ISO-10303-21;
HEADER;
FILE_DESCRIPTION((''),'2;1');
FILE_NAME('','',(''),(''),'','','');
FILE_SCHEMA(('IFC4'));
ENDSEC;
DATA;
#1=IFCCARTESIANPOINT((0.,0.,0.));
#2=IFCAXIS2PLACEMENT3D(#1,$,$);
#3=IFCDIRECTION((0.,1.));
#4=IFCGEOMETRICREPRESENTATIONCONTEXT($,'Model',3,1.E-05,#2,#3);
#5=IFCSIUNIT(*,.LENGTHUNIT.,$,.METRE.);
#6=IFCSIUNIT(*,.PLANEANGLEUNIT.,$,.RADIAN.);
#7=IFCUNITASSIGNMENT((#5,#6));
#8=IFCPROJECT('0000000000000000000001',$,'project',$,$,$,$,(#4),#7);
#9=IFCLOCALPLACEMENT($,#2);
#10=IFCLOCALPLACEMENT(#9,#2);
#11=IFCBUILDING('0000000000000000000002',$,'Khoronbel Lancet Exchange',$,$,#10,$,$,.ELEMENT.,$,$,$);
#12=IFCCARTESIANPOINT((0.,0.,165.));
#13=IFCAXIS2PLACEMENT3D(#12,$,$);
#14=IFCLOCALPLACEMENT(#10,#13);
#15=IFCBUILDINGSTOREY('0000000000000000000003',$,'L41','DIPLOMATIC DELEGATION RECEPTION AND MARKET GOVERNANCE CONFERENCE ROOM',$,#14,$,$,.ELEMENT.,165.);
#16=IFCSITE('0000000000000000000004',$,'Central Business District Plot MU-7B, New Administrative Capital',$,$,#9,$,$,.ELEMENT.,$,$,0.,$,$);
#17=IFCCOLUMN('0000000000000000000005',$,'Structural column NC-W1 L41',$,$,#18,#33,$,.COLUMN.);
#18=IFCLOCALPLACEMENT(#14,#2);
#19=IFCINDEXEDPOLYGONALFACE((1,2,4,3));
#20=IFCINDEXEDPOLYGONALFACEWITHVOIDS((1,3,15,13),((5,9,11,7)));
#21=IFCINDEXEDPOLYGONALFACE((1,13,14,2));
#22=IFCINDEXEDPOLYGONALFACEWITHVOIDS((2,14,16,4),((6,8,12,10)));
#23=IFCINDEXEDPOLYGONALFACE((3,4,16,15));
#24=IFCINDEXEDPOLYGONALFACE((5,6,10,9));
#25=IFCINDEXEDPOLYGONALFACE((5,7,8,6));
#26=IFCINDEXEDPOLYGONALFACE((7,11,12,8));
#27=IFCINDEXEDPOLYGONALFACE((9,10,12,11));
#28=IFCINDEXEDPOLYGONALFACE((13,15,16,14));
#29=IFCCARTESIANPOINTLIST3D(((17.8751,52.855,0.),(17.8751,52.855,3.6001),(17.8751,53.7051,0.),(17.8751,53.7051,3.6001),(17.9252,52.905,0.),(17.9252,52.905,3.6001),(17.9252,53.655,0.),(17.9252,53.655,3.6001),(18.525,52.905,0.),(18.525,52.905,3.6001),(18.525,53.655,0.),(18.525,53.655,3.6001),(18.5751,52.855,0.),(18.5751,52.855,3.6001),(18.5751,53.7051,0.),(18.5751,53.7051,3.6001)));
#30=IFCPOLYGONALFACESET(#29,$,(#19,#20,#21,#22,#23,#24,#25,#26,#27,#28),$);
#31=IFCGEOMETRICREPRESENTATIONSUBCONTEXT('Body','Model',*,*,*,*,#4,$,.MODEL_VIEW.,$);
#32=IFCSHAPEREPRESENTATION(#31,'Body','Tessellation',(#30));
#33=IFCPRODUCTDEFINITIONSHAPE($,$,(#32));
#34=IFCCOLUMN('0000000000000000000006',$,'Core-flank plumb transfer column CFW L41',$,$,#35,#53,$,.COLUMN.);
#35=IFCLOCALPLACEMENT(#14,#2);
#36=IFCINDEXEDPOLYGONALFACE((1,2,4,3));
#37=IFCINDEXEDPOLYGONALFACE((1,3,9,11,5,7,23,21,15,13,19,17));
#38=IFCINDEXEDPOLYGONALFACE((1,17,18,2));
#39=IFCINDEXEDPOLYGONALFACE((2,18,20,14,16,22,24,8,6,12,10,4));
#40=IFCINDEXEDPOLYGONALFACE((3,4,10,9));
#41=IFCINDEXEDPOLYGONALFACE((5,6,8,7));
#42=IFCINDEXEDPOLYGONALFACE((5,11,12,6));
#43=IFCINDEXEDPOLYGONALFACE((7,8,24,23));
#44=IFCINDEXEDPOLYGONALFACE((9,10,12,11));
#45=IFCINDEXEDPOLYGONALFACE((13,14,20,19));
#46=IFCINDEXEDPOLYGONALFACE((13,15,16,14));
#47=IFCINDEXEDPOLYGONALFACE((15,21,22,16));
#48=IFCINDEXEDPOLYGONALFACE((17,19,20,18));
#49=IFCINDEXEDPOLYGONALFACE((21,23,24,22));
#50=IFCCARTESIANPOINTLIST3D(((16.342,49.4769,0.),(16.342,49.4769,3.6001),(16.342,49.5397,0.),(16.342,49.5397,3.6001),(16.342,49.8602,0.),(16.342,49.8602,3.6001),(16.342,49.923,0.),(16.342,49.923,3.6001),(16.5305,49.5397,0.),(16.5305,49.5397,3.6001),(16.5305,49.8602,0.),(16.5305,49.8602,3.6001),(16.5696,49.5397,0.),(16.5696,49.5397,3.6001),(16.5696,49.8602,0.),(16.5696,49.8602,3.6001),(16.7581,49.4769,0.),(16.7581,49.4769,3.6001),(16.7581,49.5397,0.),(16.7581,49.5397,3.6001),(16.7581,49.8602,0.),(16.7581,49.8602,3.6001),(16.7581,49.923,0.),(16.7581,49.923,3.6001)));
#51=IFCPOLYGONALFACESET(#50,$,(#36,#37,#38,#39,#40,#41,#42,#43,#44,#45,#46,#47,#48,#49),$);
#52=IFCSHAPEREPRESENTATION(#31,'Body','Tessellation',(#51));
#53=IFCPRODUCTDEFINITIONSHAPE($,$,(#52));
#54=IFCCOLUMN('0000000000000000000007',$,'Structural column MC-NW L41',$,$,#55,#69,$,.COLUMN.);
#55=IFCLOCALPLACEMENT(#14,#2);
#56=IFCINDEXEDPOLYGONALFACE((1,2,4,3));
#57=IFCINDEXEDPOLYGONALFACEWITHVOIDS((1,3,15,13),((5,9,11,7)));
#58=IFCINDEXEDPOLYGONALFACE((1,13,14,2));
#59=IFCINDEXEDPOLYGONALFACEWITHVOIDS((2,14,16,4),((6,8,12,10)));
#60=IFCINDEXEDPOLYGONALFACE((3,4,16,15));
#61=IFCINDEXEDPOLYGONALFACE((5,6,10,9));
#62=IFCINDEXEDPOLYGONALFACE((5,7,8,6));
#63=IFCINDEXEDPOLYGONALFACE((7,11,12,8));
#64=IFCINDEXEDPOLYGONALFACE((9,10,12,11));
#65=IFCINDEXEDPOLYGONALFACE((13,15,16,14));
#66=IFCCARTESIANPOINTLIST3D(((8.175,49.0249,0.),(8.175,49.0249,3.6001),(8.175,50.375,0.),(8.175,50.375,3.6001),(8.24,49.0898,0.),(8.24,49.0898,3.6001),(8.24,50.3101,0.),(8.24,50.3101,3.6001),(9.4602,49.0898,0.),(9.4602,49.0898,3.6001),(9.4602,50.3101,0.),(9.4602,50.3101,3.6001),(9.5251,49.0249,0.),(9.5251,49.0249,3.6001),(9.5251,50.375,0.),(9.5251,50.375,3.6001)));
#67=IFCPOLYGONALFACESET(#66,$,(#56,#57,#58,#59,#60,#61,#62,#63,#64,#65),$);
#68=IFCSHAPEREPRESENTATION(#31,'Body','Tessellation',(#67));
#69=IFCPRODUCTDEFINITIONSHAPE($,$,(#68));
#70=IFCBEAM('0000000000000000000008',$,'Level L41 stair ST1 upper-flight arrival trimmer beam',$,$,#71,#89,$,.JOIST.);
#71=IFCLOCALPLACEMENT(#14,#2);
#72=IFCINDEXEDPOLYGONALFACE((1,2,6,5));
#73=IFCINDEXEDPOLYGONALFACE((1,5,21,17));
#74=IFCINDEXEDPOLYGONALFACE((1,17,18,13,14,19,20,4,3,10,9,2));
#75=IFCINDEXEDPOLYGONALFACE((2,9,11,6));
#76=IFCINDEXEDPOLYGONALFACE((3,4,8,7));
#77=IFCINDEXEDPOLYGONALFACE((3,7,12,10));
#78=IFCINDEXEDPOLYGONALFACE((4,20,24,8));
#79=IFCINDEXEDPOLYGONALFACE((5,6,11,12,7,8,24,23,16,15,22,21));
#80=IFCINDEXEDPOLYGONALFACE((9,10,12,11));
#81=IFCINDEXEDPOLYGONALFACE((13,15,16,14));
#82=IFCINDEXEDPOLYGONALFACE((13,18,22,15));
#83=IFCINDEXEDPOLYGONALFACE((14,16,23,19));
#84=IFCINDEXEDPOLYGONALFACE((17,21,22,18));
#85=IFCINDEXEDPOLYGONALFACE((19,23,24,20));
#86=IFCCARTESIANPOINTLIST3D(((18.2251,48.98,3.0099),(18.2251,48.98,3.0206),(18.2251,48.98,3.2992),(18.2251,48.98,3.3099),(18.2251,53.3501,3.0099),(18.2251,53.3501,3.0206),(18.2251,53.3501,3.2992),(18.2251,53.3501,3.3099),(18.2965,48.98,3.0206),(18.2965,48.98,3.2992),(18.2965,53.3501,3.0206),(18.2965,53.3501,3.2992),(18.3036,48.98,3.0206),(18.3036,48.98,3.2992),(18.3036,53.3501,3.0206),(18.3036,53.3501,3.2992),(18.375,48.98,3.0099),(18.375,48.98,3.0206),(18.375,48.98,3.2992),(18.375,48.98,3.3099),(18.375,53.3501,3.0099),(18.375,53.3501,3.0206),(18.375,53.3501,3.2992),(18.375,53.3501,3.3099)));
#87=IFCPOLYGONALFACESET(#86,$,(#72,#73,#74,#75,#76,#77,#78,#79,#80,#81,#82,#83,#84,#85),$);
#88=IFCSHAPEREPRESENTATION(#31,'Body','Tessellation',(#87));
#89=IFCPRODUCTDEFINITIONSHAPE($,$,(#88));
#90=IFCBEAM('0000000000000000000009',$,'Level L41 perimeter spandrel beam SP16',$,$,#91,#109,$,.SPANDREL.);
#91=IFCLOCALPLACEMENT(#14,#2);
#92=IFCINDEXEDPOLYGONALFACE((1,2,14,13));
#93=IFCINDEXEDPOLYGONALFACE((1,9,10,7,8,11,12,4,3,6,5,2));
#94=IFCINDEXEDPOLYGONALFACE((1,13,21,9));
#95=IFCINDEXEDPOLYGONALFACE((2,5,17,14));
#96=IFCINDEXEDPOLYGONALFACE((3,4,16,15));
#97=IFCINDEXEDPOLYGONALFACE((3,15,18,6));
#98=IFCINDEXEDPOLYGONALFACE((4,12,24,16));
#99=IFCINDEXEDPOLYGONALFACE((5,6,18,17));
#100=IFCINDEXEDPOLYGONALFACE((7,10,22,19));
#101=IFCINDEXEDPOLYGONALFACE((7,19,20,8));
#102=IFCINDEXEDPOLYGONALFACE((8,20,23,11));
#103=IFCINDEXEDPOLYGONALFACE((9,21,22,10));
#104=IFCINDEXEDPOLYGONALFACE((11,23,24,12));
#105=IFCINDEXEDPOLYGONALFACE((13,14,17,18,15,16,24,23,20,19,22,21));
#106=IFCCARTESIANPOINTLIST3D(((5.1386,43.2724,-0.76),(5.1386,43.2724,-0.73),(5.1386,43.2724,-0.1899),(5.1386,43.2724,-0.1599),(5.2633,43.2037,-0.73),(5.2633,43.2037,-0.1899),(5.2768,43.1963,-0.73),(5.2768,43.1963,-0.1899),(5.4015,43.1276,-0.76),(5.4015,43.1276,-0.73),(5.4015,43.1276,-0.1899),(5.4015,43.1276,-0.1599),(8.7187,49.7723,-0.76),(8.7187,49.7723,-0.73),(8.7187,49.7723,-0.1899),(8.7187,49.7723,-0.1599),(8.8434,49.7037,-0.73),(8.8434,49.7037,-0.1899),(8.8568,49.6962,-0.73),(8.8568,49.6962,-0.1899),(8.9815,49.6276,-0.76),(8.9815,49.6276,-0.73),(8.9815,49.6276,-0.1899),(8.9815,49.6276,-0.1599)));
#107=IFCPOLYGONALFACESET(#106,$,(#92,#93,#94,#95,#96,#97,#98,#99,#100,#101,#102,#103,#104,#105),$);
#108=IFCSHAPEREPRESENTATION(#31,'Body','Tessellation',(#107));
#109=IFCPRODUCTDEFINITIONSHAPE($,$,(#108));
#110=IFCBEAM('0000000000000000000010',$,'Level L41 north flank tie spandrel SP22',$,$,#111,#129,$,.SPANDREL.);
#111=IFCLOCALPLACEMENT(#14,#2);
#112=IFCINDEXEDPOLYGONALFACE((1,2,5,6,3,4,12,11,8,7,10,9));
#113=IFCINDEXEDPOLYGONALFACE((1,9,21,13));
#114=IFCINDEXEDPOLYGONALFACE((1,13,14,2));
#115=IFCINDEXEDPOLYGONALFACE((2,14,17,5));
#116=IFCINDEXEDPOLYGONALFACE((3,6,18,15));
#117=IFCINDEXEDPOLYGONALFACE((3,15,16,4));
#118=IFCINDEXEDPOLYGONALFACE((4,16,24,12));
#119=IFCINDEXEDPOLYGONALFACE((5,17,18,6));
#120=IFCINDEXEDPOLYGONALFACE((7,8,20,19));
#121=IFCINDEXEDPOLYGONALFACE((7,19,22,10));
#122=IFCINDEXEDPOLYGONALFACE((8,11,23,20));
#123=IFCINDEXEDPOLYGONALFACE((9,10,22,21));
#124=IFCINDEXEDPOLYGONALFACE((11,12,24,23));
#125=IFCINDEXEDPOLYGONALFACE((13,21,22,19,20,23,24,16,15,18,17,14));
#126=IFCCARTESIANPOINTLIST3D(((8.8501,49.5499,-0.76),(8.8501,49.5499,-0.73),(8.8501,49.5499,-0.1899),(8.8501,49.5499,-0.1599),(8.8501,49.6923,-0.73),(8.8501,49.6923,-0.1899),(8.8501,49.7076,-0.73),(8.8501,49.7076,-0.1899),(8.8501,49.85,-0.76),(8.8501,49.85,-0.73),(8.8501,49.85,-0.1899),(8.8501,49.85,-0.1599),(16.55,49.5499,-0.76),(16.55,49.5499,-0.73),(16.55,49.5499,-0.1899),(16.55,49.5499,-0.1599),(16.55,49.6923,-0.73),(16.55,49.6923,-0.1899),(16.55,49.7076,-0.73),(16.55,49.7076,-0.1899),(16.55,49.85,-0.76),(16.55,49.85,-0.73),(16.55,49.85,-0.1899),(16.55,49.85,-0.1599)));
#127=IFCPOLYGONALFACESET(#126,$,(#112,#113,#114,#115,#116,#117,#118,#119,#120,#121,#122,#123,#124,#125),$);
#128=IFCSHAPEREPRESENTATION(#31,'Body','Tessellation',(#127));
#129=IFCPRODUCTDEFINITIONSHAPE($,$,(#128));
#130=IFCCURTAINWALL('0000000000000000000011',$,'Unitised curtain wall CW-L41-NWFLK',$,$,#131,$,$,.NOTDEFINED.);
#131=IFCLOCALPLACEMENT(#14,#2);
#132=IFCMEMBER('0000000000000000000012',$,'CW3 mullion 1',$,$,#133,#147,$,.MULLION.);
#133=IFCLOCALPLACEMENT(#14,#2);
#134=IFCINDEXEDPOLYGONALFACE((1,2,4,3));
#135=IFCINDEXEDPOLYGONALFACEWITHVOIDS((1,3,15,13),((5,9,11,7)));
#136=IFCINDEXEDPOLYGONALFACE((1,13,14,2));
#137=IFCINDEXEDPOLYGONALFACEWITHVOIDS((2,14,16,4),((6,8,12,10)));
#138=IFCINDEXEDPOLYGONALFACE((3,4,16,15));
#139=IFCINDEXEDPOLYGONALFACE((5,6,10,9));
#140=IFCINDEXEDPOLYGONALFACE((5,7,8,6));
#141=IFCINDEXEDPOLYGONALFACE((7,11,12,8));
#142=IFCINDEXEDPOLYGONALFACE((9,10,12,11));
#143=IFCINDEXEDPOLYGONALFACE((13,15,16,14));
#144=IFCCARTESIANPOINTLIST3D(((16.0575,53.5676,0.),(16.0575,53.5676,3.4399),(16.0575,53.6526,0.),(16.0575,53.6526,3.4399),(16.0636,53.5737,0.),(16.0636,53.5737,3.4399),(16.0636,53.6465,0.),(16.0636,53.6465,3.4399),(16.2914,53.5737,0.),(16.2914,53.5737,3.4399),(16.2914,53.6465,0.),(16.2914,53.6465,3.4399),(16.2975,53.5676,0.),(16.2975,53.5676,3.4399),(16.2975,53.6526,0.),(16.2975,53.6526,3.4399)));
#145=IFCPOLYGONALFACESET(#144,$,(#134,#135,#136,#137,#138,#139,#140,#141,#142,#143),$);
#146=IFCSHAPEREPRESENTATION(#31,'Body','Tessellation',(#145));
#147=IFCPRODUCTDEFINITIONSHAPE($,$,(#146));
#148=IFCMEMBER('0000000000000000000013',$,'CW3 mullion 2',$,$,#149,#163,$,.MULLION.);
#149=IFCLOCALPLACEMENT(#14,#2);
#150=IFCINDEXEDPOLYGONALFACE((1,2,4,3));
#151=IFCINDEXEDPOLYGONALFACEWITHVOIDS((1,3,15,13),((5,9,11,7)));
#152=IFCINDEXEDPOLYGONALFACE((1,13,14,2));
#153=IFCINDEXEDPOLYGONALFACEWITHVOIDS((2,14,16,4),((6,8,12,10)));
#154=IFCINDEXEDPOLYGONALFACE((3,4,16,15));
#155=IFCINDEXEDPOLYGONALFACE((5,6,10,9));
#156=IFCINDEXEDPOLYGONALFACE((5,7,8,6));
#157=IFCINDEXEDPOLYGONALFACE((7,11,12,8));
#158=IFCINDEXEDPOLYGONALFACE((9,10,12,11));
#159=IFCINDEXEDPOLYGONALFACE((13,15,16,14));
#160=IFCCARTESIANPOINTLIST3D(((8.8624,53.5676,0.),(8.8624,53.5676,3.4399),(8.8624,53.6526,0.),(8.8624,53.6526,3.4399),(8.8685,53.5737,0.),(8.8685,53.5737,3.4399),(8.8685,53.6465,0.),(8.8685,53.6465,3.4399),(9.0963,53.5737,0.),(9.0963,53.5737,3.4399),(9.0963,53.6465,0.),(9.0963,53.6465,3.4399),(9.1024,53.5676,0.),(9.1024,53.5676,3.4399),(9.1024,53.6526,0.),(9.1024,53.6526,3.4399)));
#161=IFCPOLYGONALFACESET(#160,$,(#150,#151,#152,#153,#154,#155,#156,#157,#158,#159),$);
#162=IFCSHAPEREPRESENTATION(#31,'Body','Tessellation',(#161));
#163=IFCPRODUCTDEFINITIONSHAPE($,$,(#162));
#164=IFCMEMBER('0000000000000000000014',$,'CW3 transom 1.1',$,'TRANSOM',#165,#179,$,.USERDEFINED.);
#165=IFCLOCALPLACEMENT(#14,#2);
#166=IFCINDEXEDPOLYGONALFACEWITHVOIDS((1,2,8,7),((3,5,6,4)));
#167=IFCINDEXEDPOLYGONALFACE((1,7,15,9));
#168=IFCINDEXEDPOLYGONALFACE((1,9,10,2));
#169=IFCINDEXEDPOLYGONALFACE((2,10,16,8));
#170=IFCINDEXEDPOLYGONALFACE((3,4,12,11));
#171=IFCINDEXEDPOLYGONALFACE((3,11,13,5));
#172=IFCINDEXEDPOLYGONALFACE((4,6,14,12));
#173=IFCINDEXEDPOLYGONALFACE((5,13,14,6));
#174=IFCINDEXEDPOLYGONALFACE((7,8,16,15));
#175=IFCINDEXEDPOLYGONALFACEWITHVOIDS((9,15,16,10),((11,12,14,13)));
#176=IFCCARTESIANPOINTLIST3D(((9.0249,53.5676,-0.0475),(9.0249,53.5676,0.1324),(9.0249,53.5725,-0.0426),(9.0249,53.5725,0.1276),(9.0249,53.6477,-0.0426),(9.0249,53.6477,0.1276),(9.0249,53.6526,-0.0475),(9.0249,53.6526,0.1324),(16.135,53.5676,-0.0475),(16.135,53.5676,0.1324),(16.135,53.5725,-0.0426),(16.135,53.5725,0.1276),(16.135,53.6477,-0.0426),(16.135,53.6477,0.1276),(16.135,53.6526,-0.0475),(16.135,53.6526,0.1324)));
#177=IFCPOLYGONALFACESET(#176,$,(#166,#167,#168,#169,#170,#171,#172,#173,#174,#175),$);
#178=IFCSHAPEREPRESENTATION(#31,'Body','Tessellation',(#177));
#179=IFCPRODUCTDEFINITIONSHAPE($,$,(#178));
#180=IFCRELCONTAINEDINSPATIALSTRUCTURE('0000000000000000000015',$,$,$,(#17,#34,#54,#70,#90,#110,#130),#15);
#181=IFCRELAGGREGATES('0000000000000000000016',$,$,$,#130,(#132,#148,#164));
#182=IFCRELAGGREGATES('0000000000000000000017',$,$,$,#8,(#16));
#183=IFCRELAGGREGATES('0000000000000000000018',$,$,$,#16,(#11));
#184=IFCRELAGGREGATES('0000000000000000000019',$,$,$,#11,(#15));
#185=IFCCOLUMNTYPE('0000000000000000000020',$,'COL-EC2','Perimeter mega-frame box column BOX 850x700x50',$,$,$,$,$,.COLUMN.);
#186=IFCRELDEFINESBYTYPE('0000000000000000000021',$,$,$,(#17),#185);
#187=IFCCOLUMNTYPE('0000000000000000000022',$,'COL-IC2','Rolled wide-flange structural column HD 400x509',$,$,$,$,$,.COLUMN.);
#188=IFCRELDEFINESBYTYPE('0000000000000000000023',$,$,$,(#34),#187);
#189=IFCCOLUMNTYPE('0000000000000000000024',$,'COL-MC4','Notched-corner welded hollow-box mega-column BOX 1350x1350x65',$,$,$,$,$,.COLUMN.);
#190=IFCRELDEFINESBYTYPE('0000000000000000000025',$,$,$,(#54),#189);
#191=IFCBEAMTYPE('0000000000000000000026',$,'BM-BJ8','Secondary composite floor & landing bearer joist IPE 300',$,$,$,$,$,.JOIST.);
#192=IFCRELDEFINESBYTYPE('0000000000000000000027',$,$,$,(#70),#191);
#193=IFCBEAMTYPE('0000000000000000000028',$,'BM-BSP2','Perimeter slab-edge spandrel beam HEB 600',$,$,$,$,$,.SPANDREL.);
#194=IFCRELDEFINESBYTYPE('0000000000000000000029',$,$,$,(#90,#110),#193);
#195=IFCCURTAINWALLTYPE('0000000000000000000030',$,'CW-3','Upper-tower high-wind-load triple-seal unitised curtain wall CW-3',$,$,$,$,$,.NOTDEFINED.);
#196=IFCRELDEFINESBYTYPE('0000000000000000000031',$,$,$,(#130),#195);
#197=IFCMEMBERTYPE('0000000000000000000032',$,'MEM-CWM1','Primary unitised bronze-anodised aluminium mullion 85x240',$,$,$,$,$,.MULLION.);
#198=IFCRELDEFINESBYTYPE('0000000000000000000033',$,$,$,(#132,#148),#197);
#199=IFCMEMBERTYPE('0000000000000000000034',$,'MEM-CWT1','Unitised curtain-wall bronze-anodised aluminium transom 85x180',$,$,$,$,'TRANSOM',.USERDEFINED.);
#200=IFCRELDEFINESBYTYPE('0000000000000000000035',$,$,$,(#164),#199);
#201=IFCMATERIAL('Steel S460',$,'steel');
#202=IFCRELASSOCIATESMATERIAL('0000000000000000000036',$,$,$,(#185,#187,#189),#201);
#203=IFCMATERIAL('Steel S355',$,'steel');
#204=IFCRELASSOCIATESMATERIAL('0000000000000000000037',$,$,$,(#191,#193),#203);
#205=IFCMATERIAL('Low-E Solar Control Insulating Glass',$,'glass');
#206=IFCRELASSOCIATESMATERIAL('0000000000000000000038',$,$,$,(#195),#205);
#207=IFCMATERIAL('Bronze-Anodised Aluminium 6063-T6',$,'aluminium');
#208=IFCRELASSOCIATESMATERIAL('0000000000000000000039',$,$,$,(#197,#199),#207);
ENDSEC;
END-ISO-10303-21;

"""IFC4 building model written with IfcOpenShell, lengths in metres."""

from ifc_helpers import new_model, si_unit, direction, frame, origin, origin_2d, place, context, subcontext, project, spatial, hollow_rectangle, i_section, extrude, material, material_profile, profile_set, type_object, element, aggregate, save


model = new_model("IFC4")

# Units and contexts
model_context = context("Model", 3, precision=1e-05, world=origin(), true_north=direction((0.0, 1.0)))
body_context = subcontext(model_context, "Body", "Model", "MODEL_VIEW")
ifc_project = project(units=[si_unit("LENGTHUNIT", "METRE"), si_unit("PLANEANGLEUNIT", "RADIAN")], contexts=[model_context])

# Site, building, storey
site_placement = place(None, origin())
site = spatial("IfcSite", under=ifc_project, at=site_placement, Name="Central Business District Plot MU-7B, New Administrative Capital", CompositionType="ELEMENT", RefElevation=0.0)
building_placement = place(site_placement, origin())
building = spatial("IfcBuilding", under=site, at=building_placement, Name="Khoronbel Lancet Exchange", CompositionType="ELEMENT")
storey_placement = place(building_placement, frame((0.0, 0.0, 165.0)))
storey = spatial("IfcBuildingStorey", under=building, at=storey_placement, Name="L41", Description="DIPLOMATIC DELEGATION RECEPTION AND MARKET GOVERNANCE CONFERENCE ROOM", CompositionType="ELEMENT", Elevation=165.0)

# Columns
ifc_material_1 = material(Name="Steel S460", Category="steel")
ifc_material_profile_1 = material_profile(ifc_material_1, hollow_rectangle(XDim=0.7, YDim=0.8501, WallThickness=0.05, at=origin_2d()), Name="BOX 850x700x50")
ifc_profile_set_1 = profile_set([ifc_material_profile_1], Name="Steel S460")
column_type_1 = type_object("IfcColumnType", Name="COL-EC2", Description="Perimeter mega-frame box column BOX 850x700x50", PredefinedType="COLUMN", material=ifc_profile_set_1)
column_1_placement = place(storey_placement, frame((18.2251, 53.28, 0.0), z_axis=(0.0, 0.0, 1.0), x_axis=(1.0, 0.0, 0.0)))
element("IfcColumn", 1, at=column_1_placement, inside=storey, type_object=column_type_1, Name="Structural column NC-W1 L41", PredefinedType="COLUMN", context=body_context, shape_type="SweptSolid", body=[
    extrude(hollow_rectangle(XDim=0.7, YDim=0.8501, WallThickness=0.05, at=origin_2d()), origin(), (0.0, 0.0, 1.0), 3.6001),
])
ifc_material_profile_2 = material_profile(ifc_material_1, i_section(OverallWidth=0.416, OverallDepth=0.446, WebThickness=0.0391, FlangeThickness=0.0627, at=origin_2d()), Name="HD 400x509")
ifc_profile_set_2 = profile_set([ifc_material_profile_2], Name="Steel S460")
column_type_2 = type_object("IfcColumnType", Name="COL-IC2", Description="Rolled wide-flange structural column HD 400x509", PredefinedType="COLUMN", material=ifc_profile_set_2)
column_2_placement = place(storey_placement, frame((16.55, 49.7, 0.0), z_axis=(0.0, 0.0, 1.0), x_axis=(1.0, 0.0, 0.0)))
element("IfcColumn", 2, at=column_2_placement, inside=storey, type_object=column_type_2, Name="Core-flank plumb transfer column CFW L41", PredefinedType="COLUMN", context=body_context, shape_type="SweptSolid", body=[
    extrude(i_section(OverallWidth=0.416, OverallDepth=0.446, WebThickness=0.0391, FlangeThickness=0.0627, at=origin_2d()), origin(), (0.0, 0.0, 1.0), 3.6001),
])
ifc_material_profile_3 = material_profile(ifc_material_1, hollow_rectangle(XDim=1.3501, YDim=1.3501, WallThickness=0.0649, at=origin_2d()), Name="BOX 1350x1350x65")
ifc_profile_set_3 = profile_set([ifc_material_profile_3], Name="Steel S460")
column_type_3 = type_object("IfcColumnType", Name="COL-MC4", Description="Notched-corner welded hollow-box mega-column BOX 1350x1350x65", PredefinedType="COLUMN", material=ifc_profile_set_3)
column_3_placement = place(storey_placement, frame((8.8501, 49.7, 0.0), z_axis=(0.0, 0.0, 1.0), x_axis=(1.0, 0.0, 0.0)))
element("IfcColumn", 3, at=column_3_placement, inside=storey, type_object=column_type_3, Name="Structural column MC-NW L41", PredefinedType="COLUMN", context=body_context, shape_type="SweptSolid", body=[
    extrude(hollow_rectangle(XDim=1.3501, YDim=1.3501, WallThickness=0.0649, at=origin_2d()), origin(), (0.0, 0.0, 1.0), 3.6001),
])

# Beams
ifc_material_2 = material(Name="Steel S355", Category="steel")
ifc_material_profile_4 = material_profile(ifc_material_2, i_section(OverallWidth=0.1499, OverallDepth=0.3, WebThickness=0.0071, FlangeThickness=0.0107, at=origin_2d()), Name="IPE 300")
ifc_profile_set_4 = profile_set([ifc_material_profile_4], Name="Steel S355")
beam_type_1 = type_object("IfcBeamType", Name="BM-BJ8", Description="Secondary composite floor & landing bearer joist IPE 300", PredefinedType="JOIST", material=ifc_profile_set_4)
beam_1_placement = place(storey_placement, frame((18.3, 48.98, 3.1599), z_axis=(0.0, 1.0, 0.0), x_axis=(-1.0, 0.0, 0.0)))
element("IfcBeam", 4, at=beam_1_placement, inside=storey, type_object=beam_type_1, Name="Level L41 stair ST1 upper-flight arrival trimmer beam", PredefinedType="JOIST", context=body_context, shape_type="SweptSolid", body=[
    extrude(i_section(OverallWidth=0.1499, OverallDepth=0.3, WebThickness=0.0071, FlangeThickness=0.0107, at=origin_2d()), origin(), (0.0, 0.0, 1.0), 4.3701),
])
ifc_material_profile_5 = material_profile(ifc_material_2, i_section(OverallWidth=0.3, OverallDepth=0.6001, WebThickness=0.0154, FlangeThickness=0.03, at=origin_2d()), Name="HEB 600")
ifc_profile_set_5 = profile_set([ifc_material_profile_5], Name="Steel S355")
beam_type_2 = type_object("IfcBeamType", Name="BM-BSP2", Description="Perimeter slab-edge spandrel beam HEB 600", PredefinedType="SPANDREL", material=ifc_profile_set_5)
beam_2_placement = place(storey_placement, frame((8.8501, 49.7, -0.46), z_axis=(-0.482444, -0.875927, 0.0), x_axis=(0.875927, -0.482444, 0.0)))
element("IfcBeam", 5, at=beam_2_placement, inside=storey, type_object=beam_type_2, Name="Level L41 perimeter spandrel beam SP16", PredefinedType="SPANDREL", context=body_context, shape_type="SweptSolid", body=[
    extrude(i_section(OverallWidth=0.3, OverallDepth=0.6001, WebThickness=0.0154, FlangeThickness=0.03, at=origin_2d()), origin(), (0.0, 0.0, 1.0), 7.4207),
])
beam_3_placement = place(storey_placement, frame((8.8501, 49.7, -0.46), z_axis=(1.0, 0.0, 0.0), x_axis=(0.0, 1.0, 0.0)))
element("IfcBeam", 6, at=beam_3_placement, inside=storey, type_object=beam_type_2, Name="Level L41 north flank tie spandrel SP22", PredefinedType="SPANDREL", context=body_context, shape_type="SweptSolid", body=[
    extrude(i_section(OverallWidth=0.3, OverallDepth=0.6001, WebThickness=0.0154, FlangeThickness=0.03, at=origin_2d()), origin(), (0.0, 0.0, 1.0), 7.7),
])

# Curtain wall, members
ifc_material_3 = material(Name="Low-E Solar Control Insulating Glass", Category="glass")
curtain_wall_type = type_object("IfcCurtainWallType", Name="CW-3", Description="Upper-tower high-wind-load triple-seal unitised curtain wall CW-3", PredefinedType="NOTDEFINED", material=ifc_material_3)
curtain_wall_placement = place(storey_placement, origin())
curtain_wall = element("IfcCurtainWall", 7, at=curtain_wall_placement, inside=storey, type_object=curtain_wall_type, Name="Unitised curtain wall CW-L41-NWFLK", PredefinedType="NOTDEFINED")
ifc_material_4 = material(Name="Bronze-Anodised Aluminium 6063-T6", Category="aluminium")
ifc_material_profile_6 = material_profile(ifc_material_4, hollow_rectangle(XDim=0.085, YDim=0.24, WallThickness=0.0061, at=origin_2d()), Name="ALU MULLION 85x240")
ifc_profile_set_6 = profile_set([ifc_material_profile_6], Name="Bronze-Anodised Aluminium 6063-T6")
member_type_1 = type_object("IfcMemberType", Name="MEM-CWM1", Description="Primary unitised bronze-anodised aluminium mullion 85x240", PredefinedType="MULLION", material=ifc_profile_set_6)
member_1_placement = place(storey_placement, frame((16.1775, 53.6101, 0.0), z_axis=(0.0, 0.0, 1.0), x_axis=(0.0, -1.0, 0.0)))
member_1 = element("IfcMember", 8, at=member_1_placement, type_object=member_type_1, Name="CW3 mullion 1", PredefinedType="MULLION", context=body_context, shape_type="SweptSolid", body=[
    extrude(hollow_rectangle(XDim=0.085, YDim=0.24, WallThickness=0.0061, at=origin_2d()), origin(), (0.0, 0.0, 1.0), 3.4399),
])
member_2_placement = place(storey_placement, frame((8.9824, 53.6101, 0.0), z_axis=(0.0, 0.0, 1.0), x_axis=(0.0, -1.0, 0.0)))
member_2 = element("IfcMember", 9, at=member_2_placement, type_object=member_type_1, Name="CW3 mullion 2", PredefinedType="MULLION", context=body_context, shape_type="SweptSolid", body=[
    extrude(hollow_rectangle(XDim=0.085, YDim=0.24, WallThickness=0.0061, at=origin_2d()), origin(), (0.0, 0.0, 1.0), 3.4399),
])
ifc_material_profile_7 = material_profile(ifc_material_4, hollow_rectangle(XDim=0.085, YDim=0.1799, WallThickness=0.0049, at=origin_2d()), Name="ALU TRANSOM 85x180")
ifc_profile_set_7 = profile_set([ifc_material_profile_7], Name="Bronze-Anodised Aluminium 6063-T6")
member_type_2 = type_object("IfcMemberType", Name="MEM-CWT1", Description="Unitised curtain-wall bronze-anodised aluminium transom 85x180", ElementType="TRANSOM", PredefinedType="USERDEFINED", material=ifc_profile_set_7)
member_3_placement = place(storey_placement, frame((16.135, 53.6101, 0.0425), z_axis=(-1.0, 0.0, 0.0), x_axis=(0.0, -1.0, 0.0)))
member_3 = element("IfcMember", 10, at=member_3_placement, type_object=member_type_2, Name="CW3 transom 1.1", ObjectType="TRANSOM", PredefinedType="USERDEFINED", context=body_context, shape_type="SweptSolid", body=[
    extrude(hollow_rectangle(XDim=0.085, YDim=0.1799, WallThickness=0.0049, at=origin_2d()), origin(), (0.0, 0.0, 1.0), 7.1101),
])
aggregate(curtain_wall, [member_1, member_2, member_3])

save(model, "model.ifc")
